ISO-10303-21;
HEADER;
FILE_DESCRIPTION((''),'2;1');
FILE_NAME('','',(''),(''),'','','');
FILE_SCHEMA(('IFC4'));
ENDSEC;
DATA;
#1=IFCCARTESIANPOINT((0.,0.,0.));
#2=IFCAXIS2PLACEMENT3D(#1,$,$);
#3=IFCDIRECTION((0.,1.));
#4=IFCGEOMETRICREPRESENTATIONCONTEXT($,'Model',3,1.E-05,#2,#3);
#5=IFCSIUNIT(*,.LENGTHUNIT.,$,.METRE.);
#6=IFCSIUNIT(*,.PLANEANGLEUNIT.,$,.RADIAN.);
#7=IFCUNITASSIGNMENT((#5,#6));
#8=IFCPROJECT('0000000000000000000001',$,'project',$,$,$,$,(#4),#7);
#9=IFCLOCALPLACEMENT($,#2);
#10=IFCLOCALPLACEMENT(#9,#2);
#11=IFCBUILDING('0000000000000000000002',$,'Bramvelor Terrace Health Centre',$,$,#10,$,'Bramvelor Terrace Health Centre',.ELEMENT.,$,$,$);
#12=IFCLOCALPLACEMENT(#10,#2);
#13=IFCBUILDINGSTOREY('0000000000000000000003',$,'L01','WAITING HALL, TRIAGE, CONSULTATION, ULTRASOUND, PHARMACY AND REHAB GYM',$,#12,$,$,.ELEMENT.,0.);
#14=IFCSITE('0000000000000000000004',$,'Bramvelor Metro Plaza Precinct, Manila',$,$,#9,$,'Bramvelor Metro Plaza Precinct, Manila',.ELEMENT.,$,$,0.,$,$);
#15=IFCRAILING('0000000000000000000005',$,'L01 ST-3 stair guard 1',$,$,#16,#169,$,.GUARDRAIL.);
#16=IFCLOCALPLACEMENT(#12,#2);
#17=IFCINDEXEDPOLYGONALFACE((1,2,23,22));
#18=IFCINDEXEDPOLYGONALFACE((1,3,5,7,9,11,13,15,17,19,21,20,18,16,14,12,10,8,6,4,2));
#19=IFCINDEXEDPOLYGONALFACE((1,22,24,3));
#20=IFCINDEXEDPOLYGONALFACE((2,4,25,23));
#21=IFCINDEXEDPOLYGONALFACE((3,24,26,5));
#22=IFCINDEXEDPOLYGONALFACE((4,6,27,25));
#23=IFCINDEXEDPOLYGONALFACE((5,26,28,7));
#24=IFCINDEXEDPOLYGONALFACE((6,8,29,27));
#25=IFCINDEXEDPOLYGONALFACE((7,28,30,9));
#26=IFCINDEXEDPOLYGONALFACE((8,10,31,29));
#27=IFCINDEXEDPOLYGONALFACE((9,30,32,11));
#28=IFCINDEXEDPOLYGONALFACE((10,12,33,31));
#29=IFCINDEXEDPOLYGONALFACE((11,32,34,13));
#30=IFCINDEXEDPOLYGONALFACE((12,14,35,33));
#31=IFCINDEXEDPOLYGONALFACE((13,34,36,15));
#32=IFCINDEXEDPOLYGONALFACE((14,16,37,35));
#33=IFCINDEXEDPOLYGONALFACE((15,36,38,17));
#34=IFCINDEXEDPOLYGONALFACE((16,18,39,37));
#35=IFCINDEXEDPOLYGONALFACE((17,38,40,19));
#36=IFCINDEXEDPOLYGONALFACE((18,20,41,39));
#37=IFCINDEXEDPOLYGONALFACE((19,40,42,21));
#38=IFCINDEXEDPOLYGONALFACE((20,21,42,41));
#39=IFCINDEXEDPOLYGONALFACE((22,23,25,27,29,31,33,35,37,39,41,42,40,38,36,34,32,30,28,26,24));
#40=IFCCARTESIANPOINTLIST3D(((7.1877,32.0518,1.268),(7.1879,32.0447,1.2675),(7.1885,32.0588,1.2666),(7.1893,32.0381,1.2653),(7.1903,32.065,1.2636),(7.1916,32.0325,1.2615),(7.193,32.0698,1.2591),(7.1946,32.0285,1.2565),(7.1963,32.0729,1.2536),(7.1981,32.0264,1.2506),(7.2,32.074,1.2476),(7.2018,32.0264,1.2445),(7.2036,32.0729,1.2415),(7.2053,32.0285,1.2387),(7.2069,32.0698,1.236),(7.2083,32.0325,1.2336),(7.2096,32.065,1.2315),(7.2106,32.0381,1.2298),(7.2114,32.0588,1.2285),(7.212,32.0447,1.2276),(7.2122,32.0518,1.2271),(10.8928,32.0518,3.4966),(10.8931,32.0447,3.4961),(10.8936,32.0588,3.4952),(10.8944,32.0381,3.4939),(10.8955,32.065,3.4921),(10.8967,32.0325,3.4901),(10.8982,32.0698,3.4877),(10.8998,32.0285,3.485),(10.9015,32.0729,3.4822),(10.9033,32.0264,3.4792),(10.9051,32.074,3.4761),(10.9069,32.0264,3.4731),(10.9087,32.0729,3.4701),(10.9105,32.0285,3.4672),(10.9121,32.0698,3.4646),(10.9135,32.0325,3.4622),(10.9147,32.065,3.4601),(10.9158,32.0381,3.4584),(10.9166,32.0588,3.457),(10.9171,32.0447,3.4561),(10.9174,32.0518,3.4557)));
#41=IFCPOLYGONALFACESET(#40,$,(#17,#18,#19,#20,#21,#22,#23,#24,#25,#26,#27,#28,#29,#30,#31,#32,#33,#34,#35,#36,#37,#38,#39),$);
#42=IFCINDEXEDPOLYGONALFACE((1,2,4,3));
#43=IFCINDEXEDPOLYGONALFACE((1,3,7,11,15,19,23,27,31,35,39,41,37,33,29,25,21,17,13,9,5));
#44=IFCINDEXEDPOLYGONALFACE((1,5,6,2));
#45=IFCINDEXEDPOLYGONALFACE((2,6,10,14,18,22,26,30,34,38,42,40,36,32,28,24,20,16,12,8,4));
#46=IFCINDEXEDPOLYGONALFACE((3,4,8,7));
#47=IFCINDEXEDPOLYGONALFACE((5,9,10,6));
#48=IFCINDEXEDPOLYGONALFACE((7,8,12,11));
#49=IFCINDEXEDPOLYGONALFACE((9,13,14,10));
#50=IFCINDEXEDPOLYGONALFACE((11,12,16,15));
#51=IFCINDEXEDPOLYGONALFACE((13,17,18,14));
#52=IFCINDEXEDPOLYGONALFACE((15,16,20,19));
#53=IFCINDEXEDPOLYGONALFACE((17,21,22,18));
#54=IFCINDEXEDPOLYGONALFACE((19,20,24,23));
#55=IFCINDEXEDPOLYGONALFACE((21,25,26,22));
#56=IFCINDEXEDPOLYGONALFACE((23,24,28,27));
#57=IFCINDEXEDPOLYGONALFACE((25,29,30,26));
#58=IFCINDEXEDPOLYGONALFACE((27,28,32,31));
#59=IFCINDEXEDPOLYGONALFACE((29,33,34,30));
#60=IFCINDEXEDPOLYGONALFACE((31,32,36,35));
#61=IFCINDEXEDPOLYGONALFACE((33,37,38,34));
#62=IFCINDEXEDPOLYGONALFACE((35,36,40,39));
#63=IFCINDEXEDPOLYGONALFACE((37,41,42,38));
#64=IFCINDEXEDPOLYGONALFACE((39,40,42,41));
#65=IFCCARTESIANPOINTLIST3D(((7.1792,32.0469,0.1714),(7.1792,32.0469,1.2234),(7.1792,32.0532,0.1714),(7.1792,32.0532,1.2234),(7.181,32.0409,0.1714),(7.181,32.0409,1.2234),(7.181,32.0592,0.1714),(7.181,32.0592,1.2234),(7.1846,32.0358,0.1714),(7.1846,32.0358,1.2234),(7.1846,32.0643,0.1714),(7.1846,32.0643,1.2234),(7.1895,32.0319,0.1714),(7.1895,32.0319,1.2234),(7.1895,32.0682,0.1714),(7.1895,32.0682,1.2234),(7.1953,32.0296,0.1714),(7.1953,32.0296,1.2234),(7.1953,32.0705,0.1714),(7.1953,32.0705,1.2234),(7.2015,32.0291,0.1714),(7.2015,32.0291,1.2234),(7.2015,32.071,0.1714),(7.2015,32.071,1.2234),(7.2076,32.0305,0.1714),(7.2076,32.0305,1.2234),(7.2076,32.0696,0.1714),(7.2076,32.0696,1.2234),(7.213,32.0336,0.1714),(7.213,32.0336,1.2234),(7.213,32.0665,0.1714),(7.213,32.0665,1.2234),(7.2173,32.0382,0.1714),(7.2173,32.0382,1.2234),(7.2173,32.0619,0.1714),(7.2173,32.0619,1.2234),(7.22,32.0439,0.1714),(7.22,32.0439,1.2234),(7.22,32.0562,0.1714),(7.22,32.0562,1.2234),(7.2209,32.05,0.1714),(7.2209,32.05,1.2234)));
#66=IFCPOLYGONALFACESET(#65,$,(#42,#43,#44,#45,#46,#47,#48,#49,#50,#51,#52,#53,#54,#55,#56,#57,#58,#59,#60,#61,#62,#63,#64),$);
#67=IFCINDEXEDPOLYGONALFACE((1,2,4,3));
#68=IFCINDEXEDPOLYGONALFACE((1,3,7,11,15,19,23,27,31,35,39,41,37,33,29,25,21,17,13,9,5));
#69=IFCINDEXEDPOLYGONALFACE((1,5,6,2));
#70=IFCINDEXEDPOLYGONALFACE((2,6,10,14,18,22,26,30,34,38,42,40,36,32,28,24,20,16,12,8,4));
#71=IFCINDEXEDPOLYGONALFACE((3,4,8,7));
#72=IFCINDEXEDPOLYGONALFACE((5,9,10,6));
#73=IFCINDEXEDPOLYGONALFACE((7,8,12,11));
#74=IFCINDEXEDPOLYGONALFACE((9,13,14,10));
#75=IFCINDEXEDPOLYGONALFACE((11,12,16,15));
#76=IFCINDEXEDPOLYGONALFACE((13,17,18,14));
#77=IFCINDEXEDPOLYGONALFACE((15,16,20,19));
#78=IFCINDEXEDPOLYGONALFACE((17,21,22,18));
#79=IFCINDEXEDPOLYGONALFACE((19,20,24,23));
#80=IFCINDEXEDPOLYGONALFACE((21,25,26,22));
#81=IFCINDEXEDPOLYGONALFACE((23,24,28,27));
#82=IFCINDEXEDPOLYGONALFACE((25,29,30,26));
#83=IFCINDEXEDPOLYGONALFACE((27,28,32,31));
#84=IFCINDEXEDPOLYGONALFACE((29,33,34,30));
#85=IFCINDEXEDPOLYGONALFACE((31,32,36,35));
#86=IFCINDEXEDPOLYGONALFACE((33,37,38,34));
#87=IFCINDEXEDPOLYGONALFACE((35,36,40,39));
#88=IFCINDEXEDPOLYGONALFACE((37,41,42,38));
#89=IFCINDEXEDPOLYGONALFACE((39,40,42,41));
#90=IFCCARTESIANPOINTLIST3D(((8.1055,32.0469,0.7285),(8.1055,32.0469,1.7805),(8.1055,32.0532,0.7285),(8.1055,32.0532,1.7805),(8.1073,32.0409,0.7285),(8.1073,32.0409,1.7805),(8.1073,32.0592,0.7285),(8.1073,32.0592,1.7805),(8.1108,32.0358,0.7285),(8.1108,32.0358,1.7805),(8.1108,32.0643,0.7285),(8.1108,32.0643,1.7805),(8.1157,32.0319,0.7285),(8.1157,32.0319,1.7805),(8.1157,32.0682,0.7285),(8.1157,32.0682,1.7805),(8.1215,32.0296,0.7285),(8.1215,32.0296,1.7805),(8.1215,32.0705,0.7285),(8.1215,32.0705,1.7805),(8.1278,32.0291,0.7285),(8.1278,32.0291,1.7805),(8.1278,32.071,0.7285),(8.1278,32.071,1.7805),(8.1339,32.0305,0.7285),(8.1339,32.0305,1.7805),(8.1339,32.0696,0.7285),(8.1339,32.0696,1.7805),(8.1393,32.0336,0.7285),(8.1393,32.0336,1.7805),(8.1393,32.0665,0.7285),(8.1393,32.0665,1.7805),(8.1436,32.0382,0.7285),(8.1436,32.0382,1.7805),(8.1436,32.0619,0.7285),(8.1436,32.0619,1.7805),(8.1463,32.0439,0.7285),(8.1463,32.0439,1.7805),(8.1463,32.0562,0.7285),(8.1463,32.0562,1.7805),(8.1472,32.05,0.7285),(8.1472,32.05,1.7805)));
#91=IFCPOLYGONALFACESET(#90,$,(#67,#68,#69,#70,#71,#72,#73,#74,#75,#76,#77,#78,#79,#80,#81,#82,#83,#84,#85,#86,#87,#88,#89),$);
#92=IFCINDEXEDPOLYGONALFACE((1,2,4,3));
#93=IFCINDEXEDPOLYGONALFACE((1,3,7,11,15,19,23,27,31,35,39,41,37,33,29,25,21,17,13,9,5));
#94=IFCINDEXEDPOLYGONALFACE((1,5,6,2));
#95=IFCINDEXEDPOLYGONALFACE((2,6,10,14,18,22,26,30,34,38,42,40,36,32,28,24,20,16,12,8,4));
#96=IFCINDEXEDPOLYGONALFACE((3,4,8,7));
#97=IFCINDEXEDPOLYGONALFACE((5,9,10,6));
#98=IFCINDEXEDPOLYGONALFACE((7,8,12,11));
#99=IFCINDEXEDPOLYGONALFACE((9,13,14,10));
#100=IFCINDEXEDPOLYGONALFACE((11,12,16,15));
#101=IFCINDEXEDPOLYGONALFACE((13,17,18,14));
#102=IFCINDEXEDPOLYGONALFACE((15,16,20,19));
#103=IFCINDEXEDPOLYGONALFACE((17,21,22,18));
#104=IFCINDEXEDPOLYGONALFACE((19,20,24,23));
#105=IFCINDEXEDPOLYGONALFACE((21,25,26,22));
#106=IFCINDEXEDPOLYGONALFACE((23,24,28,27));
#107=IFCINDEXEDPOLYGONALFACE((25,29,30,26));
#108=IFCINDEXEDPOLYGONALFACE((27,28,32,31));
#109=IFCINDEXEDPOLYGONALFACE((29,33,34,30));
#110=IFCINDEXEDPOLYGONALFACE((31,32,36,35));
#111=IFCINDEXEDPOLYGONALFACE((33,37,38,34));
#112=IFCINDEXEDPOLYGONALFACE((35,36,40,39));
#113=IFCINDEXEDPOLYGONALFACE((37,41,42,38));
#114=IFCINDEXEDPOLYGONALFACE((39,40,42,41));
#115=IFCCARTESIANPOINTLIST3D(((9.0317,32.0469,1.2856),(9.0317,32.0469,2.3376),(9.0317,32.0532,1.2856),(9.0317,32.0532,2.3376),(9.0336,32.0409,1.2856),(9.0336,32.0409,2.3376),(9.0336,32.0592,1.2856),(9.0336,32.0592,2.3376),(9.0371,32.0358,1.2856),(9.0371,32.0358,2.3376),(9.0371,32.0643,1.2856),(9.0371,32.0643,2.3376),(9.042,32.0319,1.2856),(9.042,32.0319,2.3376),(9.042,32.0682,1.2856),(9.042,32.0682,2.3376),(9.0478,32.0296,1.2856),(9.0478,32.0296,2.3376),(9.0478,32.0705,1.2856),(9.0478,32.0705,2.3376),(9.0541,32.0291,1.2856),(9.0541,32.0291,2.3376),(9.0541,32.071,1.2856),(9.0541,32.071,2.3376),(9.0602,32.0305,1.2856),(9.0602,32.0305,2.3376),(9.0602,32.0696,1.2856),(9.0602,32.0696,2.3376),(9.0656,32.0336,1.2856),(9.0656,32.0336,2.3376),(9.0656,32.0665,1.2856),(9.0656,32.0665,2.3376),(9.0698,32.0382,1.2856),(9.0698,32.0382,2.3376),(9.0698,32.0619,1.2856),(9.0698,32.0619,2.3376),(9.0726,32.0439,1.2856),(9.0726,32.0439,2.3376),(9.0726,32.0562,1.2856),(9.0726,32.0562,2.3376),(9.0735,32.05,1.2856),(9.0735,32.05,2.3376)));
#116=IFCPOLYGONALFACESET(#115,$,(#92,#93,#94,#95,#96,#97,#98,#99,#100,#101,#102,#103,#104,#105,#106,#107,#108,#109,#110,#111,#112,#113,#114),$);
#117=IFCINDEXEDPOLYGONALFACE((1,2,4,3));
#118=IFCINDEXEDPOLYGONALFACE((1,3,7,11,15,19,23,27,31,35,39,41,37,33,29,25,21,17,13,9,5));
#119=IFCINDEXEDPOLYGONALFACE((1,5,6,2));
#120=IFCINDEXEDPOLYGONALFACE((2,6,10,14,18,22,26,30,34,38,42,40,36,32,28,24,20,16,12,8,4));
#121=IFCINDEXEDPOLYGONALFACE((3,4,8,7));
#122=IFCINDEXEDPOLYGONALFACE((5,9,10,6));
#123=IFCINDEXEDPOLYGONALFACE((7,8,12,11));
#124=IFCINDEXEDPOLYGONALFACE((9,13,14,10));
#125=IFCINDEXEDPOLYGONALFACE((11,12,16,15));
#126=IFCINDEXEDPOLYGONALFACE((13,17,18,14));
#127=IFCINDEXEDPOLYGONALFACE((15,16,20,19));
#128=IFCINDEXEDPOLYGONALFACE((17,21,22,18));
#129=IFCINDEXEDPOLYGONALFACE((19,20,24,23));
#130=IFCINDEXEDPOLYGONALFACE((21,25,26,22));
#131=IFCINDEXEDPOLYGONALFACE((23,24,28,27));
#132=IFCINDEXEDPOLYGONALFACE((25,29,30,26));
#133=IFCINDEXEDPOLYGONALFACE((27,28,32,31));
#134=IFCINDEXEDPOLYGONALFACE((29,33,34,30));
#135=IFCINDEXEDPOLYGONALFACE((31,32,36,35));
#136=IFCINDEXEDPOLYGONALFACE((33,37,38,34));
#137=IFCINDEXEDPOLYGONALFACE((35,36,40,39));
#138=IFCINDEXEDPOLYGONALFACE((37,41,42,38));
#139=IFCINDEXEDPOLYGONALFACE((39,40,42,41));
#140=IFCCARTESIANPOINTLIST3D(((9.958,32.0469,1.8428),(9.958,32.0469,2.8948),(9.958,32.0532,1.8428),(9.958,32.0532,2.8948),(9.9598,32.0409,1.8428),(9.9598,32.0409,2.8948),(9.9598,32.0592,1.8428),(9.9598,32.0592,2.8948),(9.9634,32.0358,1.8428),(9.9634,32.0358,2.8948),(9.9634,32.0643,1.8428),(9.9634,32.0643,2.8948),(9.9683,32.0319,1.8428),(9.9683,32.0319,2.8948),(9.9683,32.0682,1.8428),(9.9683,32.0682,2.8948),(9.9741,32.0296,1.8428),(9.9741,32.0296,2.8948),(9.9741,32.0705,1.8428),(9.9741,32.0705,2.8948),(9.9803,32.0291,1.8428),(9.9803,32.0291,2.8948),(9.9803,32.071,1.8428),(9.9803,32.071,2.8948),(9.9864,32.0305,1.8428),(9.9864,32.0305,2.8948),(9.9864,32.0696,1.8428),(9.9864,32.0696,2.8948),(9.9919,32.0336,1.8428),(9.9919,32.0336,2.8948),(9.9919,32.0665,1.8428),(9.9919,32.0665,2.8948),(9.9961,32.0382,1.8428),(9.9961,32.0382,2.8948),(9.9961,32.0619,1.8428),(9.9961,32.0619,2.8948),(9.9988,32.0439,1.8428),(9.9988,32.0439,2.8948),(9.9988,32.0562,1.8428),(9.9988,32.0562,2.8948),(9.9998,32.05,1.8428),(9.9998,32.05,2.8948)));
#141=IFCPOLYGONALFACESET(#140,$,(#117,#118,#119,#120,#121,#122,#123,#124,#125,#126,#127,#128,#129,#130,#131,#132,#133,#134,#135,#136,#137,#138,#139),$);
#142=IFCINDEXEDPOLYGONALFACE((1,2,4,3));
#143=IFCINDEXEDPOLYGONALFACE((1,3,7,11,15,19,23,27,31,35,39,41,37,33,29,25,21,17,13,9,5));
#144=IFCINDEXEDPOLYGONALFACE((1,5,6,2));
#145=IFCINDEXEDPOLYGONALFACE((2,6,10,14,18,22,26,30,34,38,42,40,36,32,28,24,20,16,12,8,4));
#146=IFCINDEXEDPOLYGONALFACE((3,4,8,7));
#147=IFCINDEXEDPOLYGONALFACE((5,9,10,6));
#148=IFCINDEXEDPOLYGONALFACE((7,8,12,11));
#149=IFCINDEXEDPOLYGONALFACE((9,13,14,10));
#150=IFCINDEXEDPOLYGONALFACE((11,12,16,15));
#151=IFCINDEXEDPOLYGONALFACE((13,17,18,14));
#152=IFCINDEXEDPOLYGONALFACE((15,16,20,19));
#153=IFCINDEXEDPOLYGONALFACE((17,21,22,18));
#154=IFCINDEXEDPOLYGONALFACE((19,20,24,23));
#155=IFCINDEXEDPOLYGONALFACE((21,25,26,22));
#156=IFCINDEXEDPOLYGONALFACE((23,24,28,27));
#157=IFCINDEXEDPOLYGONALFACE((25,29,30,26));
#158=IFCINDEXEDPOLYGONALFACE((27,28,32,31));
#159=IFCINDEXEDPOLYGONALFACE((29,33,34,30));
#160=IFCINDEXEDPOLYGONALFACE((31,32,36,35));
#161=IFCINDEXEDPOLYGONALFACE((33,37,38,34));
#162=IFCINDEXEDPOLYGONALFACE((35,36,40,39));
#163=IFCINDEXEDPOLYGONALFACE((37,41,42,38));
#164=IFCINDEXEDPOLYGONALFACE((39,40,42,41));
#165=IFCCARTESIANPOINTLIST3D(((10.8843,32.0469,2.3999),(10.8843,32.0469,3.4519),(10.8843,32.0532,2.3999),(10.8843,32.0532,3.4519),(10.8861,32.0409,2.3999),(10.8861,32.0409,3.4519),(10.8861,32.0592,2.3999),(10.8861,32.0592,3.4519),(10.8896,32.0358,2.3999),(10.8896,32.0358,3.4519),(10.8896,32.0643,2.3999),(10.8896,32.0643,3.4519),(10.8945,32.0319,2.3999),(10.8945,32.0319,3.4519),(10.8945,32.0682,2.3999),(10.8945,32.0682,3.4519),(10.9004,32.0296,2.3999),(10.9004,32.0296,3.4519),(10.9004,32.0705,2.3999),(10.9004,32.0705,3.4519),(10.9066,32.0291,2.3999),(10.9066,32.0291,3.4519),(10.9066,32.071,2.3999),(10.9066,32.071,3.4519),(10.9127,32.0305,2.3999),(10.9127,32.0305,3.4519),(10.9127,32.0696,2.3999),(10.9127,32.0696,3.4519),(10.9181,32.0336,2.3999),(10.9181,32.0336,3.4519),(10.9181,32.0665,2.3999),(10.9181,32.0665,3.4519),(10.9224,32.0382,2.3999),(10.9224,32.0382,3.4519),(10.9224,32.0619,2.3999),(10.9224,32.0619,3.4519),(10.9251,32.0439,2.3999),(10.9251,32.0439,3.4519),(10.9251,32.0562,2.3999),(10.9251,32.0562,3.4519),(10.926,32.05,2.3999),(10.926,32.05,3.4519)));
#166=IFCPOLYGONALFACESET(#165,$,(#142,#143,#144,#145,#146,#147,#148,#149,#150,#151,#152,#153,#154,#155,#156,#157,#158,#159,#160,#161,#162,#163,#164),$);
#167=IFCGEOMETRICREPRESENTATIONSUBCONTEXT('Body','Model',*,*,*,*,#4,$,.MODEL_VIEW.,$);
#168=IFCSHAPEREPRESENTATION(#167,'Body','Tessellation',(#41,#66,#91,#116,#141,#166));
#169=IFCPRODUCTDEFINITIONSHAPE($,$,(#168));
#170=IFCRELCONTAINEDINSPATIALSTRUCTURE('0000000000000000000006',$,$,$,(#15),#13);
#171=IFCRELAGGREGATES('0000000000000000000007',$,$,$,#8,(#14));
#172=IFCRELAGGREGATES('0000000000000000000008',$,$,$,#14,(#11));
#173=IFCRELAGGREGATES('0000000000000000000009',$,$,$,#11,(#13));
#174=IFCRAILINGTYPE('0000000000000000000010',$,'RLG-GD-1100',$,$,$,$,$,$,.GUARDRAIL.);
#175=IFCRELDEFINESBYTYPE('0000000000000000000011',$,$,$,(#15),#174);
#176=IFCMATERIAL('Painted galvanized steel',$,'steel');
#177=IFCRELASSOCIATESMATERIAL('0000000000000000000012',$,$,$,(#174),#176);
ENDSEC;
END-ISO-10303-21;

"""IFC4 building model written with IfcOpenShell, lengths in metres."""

from ifc_helpers import new_model, si_unit, direction, frame, origin, origin_2d, place, context, subcontext, project, spatial, circle, extrude, material, type_object, element, save


model = new_model("IFC4")

# Units and contexts
model_context = context("Model", 3, precision=1e-05, world=origin(), true_north=direction((0.0, 1.0)))
body_context = subcontext(model_context, "Body", "Model", "MODEL_VIEW")
ifc_project = project(units=[si_unit("LENGTHUNIT", "METRE"), si_unit("PLANEANGLEUNIT", "RADIAN")], contexts=[model_context])

# Site, building, storey
site_placement = place(None, origin())
site = spatial("IfcSite", under=ifc_project, at=site_placement, Name="Bramvelor Metro Plaza Precinct, Manila", LongName="Bramvelor Metro Plaza Precinct, Manila", CompositionType="ELEMENT", RefElevation=0.0)
building_placement = place(site_placement, origin())
building = spatial("IfcBuilding", under=site, at=building_placement, Name="Bramvelor Terrace Health Centre", LongName="Bramvelor Terrace Health Centre", CompositionType="ELEMENT")
storey_placement = place(building_placement, origin())
storey = spatial("IfcBuildingStorey", under=building, at=storey_placement, Name="L01", Description="WAITING HALL, TRIAGE, CONSULTATION, ULTRASOUND, PHARMACY AND REHAB GYM", CompositionType="ELEMENT", Elevation=0.0)

# Railing
ifc_material_1 = material(Name="Painted galvanized steel", Category="steel")
railing_type_1 = type_object("IfcRailingType", Name="RLG-GD-1100", PredefinedType="GUARDRAIL", material=ifc_material_1)
railing_1_placement = place(storey_placement, frame((7.2, 32.05, 0.1714)))
element("IfcRailing", 1, at=railing_1_placement, inside=storey, type_object=railing_type_1, Name="L01 ST-3 stair guard 1", PredefinedType="GUARDRAIL", context=body_context, shape_type="SweptSolid", body=[
    extrude(circle(Radius=0.0239, at=origin_2d()), frame((0.0, 0.0, 1.0762), z_axis=(0.856934, 0.0, 0.515425), x_axis=(0.0, 1.0, 0.0)), (0.0, 0.0, 1.0), 4.3237),
    extrude(circle(Radius=0.021, at=origin_2d()), origin(), (0.0, 0.0, 1.0), 1.052),
    extrude(circle(Radius=0.021, at=origin_2d()), frame((0.9263, 0.0, 0.5571)), (0.0, 0.0, 1.0), 1.052),
    extrude(circle(Radius=0.021, at=origin_2d()), frame((1.8525, 0.0, 1.1143)), (0.0, 0.0, 1.0), 1.052),
    extrude(circle(Radius=0.021, at=origin_2d()), frame((2.7788, 0.0, 1.6714)), (0.0, 0.0, 1.0), 1.052),
    extrude(circle(Radius=0.021, at=origin_2d()), frame((3.7051, 0.0, 2.2285)), (0.0, 0.0, 1.0), 1.052),
])

save(model, "model.ifc")
